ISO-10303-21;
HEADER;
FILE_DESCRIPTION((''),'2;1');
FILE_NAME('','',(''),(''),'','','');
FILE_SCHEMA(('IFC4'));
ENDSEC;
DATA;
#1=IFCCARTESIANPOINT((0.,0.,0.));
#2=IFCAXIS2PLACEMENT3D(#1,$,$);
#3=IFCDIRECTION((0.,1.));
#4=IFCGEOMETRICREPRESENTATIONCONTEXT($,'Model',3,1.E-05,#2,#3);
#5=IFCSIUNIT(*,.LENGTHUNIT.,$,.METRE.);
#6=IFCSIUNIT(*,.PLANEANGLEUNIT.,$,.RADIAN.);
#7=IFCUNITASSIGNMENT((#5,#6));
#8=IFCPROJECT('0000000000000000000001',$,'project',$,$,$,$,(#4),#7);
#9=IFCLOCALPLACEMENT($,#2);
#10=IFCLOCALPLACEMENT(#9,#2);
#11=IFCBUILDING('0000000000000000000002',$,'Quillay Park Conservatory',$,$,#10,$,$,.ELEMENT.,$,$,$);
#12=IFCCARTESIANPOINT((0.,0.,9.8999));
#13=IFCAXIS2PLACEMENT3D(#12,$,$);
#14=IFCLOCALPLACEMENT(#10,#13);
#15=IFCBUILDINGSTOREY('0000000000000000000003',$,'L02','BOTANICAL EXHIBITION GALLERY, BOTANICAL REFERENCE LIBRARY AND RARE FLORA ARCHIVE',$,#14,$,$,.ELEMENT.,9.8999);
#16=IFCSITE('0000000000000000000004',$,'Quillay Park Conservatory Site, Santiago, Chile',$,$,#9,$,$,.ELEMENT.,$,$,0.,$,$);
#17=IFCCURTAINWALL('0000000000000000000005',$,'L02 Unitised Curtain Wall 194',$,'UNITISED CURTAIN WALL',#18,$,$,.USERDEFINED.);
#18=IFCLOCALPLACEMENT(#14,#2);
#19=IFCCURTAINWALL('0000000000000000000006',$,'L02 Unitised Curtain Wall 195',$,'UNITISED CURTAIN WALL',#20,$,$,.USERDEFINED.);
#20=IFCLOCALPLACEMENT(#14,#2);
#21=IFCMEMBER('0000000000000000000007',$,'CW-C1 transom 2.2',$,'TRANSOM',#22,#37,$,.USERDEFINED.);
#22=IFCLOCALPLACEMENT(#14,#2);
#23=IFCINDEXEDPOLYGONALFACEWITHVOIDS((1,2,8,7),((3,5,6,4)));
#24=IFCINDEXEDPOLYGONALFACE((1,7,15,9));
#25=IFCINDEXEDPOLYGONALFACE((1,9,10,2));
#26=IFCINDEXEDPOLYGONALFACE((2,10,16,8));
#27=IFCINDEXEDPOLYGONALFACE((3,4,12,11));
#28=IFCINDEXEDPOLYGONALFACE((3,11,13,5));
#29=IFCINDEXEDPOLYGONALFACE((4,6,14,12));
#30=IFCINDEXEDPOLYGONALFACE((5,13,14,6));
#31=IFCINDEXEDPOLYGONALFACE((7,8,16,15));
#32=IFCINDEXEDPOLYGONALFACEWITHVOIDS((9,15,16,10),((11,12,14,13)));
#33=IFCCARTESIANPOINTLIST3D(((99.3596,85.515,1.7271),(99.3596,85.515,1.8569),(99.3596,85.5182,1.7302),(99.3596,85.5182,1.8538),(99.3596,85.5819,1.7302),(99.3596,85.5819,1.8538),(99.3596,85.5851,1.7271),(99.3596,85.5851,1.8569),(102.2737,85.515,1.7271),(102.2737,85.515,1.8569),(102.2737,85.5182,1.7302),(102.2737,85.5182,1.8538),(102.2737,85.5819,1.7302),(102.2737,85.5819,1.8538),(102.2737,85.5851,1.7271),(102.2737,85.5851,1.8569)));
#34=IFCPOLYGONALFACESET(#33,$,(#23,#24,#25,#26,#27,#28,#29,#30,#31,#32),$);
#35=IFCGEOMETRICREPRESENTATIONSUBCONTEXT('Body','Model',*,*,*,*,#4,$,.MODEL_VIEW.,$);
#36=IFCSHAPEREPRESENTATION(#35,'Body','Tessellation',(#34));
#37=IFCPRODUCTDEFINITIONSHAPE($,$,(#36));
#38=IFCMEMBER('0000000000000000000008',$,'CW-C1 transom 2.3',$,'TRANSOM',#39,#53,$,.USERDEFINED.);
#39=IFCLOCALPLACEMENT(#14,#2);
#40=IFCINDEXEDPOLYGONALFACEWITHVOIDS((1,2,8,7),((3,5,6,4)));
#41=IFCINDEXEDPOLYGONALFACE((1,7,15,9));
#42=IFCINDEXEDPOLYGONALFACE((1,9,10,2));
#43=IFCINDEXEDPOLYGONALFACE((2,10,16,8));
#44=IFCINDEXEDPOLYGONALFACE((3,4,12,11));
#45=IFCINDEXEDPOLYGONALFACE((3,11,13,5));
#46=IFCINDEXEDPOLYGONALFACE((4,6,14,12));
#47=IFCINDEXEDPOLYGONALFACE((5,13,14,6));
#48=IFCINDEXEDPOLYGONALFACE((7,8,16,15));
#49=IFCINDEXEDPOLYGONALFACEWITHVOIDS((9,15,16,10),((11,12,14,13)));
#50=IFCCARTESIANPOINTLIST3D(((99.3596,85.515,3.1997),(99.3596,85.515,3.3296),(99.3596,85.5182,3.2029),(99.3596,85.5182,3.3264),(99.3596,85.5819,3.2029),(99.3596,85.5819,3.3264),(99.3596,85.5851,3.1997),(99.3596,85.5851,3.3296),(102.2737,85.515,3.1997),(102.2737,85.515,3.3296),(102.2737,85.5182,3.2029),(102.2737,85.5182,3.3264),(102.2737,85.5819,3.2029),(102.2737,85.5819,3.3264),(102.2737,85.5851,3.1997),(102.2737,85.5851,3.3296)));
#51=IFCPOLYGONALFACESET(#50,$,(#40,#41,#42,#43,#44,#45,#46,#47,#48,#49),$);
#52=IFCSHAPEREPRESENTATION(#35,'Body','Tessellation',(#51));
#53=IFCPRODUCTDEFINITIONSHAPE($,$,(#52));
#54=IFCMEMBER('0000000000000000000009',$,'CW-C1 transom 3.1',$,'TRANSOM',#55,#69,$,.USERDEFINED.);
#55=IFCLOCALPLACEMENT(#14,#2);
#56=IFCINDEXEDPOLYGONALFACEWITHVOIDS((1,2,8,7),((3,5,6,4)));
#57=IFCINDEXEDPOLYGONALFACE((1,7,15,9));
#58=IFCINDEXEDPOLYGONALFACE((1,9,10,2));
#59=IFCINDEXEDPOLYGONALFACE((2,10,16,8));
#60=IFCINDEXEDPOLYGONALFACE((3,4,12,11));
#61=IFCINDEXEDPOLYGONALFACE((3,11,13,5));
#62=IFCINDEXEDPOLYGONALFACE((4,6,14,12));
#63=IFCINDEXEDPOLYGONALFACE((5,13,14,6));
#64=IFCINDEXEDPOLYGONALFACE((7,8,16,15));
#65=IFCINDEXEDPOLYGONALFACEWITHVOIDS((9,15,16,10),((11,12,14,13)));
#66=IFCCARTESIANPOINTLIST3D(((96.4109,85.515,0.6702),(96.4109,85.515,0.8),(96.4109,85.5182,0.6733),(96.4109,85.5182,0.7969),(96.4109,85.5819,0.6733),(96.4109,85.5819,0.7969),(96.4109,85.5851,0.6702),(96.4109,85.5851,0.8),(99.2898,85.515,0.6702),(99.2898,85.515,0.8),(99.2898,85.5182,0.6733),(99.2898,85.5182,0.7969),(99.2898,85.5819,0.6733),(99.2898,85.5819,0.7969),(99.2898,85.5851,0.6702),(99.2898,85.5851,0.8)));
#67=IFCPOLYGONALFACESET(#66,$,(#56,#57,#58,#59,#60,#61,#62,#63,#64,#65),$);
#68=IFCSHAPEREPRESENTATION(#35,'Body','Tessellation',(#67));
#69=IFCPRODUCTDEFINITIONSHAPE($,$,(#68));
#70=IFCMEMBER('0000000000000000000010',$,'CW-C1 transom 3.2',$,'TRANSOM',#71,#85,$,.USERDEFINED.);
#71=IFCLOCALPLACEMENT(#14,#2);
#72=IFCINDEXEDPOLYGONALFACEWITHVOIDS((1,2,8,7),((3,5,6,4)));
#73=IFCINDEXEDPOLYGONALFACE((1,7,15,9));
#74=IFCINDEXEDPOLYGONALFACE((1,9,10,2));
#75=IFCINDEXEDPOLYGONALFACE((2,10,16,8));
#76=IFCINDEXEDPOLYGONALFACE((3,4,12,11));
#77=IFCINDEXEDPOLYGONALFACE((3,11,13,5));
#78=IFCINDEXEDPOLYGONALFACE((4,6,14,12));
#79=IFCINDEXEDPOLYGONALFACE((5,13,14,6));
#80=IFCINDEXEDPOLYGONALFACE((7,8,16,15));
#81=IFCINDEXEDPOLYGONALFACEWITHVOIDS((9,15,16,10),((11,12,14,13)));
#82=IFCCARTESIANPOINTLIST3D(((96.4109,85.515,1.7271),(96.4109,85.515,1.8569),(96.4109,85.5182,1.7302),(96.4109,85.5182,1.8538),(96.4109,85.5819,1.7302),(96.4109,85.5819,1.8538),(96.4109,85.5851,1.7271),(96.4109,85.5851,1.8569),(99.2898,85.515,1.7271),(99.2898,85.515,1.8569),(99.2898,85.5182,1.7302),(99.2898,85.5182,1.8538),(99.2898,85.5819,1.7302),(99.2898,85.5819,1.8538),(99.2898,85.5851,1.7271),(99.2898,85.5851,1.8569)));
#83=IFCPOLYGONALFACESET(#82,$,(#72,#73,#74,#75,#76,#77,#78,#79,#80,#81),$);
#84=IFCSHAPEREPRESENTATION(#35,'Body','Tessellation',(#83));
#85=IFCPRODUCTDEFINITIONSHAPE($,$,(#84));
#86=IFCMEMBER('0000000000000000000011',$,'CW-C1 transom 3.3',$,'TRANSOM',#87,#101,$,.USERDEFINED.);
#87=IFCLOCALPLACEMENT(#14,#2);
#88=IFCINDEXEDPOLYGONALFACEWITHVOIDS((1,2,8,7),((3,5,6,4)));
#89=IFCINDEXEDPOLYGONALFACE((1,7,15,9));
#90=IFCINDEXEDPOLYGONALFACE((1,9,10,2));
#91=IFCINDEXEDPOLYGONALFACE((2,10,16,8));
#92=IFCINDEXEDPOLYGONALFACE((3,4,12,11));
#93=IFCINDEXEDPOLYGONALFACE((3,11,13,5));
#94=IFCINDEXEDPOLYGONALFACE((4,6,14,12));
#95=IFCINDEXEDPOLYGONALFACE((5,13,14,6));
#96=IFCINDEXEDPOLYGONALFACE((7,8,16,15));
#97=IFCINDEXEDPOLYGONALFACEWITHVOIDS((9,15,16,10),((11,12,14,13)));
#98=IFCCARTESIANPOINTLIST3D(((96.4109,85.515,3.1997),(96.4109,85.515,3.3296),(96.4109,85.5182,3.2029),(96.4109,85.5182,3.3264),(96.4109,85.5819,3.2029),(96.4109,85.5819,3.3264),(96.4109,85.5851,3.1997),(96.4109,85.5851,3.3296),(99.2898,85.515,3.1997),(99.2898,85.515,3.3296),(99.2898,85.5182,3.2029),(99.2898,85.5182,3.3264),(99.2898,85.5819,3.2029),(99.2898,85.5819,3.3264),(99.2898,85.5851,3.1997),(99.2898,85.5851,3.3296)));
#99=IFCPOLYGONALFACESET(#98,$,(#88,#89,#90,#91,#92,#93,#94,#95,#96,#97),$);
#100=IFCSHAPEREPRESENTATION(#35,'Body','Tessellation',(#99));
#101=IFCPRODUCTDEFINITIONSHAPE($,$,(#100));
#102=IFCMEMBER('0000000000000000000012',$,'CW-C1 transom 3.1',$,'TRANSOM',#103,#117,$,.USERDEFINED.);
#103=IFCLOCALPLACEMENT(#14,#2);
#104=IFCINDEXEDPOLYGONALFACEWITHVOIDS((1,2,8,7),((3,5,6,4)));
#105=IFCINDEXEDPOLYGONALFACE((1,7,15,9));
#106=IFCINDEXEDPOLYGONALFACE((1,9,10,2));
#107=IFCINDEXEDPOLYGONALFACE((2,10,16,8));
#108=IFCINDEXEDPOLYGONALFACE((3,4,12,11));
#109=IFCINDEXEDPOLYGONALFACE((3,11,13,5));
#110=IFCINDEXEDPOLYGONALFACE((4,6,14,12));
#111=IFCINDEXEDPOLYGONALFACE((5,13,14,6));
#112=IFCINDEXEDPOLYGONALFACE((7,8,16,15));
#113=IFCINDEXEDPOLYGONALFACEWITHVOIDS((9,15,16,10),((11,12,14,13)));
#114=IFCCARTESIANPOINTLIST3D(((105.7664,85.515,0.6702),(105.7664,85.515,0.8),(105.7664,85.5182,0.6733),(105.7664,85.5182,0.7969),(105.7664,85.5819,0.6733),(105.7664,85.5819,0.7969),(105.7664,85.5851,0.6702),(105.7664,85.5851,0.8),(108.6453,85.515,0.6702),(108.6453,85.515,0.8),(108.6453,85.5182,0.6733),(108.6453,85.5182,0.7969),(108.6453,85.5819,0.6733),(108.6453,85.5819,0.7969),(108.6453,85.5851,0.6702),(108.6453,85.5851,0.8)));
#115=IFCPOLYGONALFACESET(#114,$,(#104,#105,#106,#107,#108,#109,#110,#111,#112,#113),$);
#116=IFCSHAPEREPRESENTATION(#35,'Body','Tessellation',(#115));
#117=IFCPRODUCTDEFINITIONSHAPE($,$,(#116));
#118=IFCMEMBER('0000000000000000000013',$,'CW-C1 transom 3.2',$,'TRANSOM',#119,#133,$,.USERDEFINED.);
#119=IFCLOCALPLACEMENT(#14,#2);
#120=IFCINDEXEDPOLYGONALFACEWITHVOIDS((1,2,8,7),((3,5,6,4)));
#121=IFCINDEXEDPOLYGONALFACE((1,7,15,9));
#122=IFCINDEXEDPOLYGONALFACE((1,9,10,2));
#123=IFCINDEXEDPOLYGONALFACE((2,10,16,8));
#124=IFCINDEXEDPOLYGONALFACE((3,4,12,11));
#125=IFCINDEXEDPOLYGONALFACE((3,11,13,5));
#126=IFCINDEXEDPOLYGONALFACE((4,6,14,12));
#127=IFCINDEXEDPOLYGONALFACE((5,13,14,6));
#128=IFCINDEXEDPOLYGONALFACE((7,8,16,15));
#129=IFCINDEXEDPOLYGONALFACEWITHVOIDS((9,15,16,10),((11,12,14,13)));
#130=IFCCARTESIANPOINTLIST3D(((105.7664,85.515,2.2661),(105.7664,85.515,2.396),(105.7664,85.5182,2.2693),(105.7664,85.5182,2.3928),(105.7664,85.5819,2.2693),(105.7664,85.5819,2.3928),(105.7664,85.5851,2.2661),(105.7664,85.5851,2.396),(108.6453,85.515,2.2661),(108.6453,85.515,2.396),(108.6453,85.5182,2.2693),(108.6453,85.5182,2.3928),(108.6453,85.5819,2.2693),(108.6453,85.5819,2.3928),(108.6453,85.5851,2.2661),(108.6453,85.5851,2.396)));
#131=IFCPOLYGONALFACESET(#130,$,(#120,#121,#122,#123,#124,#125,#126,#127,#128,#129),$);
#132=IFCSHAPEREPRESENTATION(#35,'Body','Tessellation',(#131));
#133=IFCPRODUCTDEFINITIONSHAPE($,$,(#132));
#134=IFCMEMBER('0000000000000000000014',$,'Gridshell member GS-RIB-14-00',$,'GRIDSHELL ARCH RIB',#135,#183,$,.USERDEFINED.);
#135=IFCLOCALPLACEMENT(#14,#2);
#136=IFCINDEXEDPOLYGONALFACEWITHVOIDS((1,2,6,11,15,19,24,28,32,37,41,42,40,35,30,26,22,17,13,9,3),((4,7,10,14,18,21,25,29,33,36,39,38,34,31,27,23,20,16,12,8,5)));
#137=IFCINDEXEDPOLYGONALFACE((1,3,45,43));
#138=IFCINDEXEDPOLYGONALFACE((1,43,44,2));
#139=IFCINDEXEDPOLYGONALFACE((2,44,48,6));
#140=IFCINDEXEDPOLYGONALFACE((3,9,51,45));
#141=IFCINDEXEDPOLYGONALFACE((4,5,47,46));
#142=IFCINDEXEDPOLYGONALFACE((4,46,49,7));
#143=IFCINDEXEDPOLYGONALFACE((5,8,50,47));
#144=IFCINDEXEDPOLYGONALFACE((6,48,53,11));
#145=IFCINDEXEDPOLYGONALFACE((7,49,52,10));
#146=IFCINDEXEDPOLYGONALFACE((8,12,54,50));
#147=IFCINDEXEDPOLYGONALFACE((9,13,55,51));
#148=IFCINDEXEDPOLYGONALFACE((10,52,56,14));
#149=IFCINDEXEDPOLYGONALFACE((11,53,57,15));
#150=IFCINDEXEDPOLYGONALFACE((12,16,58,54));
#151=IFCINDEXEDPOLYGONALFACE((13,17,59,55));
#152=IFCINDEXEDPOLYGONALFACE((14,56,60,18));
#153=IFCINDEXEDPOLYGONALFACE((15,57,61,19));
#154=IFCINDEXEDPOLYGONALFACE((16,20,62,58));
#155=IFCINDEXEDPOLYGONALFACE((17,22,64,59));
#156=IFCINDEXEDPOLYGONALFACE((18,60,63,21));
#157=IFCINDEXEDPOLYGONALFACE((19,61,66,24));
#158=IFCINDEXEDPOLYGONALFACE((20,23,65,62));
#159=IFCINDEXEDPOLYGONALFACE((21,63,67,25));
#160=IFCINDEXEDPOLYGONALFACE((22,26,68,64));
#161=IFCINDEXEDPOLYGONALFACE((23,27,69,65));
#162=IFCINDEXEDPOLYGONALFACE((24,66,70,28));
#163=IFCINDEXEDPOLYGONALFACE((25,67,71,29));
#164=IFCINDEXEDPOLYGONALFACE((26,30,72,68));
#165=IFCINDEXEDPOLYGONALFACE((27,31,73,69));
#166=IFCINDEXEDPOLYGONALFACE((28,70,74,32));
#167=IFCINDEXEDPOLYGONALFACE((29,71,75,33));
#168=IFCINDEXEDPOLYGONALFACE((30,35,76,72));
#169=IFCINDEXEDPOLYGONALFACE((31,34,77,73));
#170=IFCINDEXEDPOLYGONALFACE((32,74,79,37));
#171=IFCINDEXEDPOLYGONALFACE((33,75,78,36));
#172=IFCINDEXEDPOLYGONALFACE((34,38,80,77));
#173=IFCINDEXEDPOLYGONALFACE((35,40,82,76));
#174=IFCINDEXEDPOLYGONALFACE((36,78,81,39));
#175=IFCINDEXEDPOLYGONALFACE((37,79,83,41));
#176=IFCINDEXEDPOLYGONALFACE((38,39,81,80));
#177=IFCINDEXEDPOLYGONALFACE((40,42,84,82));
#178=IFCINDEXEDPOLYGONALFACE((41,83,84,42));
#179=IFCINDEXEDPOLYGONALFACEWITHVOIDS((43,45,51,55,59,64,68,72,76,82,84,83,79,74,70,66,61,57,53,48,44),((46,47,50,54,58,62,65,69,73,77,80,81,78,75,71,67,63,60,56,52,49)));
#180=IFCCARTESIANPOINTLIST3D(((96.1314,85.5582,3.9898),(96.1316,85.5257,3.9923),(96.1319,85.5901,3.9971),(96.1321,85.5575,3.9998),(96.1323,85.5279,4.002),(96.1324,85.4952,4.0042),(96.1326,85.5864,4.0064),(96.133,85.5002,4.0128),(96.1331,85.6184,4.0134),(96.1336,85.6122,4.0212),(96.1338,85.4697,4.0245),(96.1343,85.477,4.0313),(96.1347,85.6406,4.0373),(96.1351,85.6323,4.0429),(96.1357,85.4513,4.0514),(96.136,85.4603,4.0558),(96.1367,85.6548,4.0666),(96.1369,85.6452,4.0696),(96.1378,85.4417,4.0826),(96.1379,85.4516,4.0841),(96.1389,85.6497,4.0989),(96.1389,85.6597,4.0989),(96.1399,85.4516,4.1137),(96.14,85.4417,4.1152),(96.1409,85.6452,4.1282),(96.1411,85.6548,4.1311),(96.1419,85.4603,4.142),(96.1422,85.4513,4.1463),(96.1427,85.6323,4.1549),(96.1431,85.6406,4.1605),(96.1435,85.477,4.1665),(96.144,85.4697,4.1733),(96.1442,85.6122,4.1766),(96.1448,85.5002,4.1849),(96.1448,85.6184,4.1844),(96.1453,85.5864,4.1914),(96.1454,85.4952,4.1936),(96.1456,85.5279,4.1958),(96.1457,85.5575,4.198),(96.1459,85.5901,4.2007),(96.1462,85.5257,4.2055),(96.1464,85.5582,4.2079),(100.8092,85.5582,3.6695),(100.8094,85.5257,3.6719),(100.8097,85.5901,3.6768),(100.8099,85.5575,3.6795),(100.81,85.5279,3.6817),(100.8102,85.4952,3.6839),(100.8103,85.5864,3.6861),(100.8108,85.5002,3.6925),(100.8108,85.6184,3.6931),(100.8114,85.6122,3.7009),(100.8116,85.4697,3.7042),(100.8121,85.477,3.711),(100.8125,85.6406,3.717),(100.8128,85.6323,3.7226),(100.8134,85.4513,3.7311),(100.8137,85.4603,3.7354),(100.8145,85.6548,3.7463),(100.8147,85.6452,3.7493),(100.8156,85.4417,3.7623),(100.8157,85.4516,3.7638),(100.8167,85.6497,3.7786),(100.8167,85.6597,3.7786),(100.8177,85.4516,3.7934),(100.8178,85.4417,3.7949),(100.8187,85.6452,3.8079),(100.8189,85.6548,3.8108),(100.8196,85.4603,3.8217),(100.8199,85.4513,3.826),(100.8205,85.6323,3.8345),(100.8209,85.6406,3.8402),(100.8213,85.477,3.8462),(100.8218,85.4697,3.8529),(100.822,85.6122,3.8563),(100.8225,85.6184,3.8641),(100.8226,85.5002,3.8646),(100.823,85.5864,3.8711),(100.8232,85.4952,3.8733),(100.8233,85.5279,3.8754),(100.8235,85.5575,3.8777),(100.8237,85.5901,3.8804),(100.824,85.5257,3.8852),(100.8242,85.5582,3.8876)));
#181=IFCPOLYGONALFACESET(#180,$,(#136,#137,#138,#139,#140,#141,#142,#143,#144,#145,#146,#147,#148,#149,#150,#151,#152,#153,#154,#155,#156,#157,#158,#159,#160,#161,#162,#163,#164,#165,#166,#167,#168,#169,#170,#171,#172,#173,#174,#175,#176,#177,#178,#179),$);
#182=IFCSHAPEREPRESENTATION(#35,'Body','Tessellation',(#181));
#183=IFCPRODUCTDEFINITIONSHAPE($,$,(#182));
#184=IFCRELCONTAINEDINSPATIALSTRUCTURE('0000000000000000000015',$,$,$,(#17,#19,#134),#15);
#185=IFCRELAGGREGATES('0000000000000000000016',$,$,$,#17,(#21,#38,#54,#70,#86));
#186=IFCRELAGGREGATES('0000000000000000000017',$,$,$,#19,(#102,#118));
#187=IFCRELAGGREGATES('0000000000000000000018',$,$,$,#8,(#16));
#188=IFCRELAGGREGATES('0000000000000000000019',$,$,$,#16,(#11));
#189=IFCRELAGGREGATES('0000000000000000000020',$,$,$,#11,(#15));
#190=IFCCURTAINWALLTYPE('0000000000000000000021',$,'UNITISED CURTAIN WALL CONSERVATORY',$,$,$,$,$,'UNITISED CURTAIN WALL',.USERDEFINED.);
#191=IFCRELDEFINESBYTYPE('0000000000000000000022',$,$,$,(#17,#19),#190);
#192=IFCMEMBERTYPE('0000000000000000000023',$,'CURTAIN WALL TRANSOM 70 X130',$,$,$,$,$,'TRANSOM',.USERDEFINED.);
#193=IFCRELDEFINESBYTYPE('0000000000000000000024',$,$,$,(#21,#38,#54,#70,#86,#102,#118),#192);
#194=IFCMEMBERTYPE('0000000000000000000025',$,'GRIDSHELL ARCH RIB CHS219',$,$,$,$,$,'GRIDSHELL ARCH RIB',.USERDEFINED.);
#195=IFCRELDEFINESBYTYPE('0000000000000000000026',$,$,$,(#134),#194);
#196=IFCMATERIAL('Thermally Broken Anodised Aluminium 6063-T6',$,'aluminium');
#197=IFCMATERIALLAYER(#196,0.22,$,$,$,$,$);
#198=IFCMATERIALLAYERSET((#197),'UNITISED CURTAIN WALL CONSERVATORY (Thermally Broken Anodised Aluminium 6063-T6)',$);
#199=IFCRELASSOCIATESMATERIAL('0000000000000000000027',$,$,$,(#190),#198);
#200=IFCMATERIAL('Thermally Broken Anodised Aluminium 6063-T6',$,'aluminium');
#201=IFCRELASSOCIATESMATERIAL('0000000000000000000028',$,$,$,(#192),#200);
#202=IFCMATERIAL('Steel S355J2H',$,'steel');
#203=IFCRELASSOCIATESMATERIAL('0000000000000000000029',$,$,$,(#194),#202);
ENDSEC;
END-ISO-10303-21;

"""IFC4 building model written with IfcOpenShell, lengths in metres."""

from ifc_helpers import new_model, si_unit, direction, frame, origin, origin_2d, place, context, subcontext, project, spatial, hollow_rectangle, hollow_circle, extrude, material, layer, layer_set, material_profile, profile_set, type_object, element, aggregate, save


model = new_model("IFC4")

# Units and contexts
model_context = context("Model", 3, precision=1e-05, world=origin(), true_north=direction((0.0, 1.0)))
body_context = subcontext(model_context, "Body", "Model", "MODEL_VIEW")
ifc_project = project(units=[si_unit("LENGTHUNIT", "METRE"), si_unit("PLANEANGLEUNIT", "RADIAN")], contexts=[model_context])

# Site, building, storey
site_placement = place(None, origin())
site = spatial("IfcSite", under=ifc_project, at=site_placement, Name="Quillay Park Conservatory Site, Santiago, Chile", CompositionType="ELEMENT", RefElevation=0.0)
building_placement = place(site_placement, origin())
building = spatial("IfcBuilding", under=site, at=building_placement, Name="Quillay Park Conservatory", CompositionType="ELEMENT")
storey_placement = place(building_placement, frame((0.0, 0.0, 9.8999)))
storey = spatial("IfcBuildingStorey", under=building, at=storey_placement, Name="L02", Description="BOTANICAL EXHIBITION GALLERY, BOTANICAL REFERENCE LIBRARY AND RARE FLORA ARCHIVE", CompositionType="ELEMENT", Elevation=9.8999)

# Shared definitions
ifc_material_1 = material(Name="Thermally Broken Anodised Aluminium 6063-T6", Category="aluminium")
ifc_layer_1 = layer(ifc_material_1, 0.22)
ifc_layer_set_1 = layer_set([ifc_layer_1], Name="UNITISED CURTAIN WALL CONSERVATORY (Thermally Broken Anodised Aluminium 6063-T6)")
curtain_wall_type = type_object("IfcCurtainWallType", Name="UNITISED CURTAIN WALL CONSERVATORY", ElementType="UNITISED CURTAIN WALL", PredefinedType="USERDEFINED", material=ifc_layer_set_1)

# Curtain walls
curtain_wall_1_placement = place(storey_placement, origin())
curtain_wall_1 = element("IfcCurtainWall", 1, at=curtain_wall_1_placement, inside=storey, type_object=curtain_wall_type, Name="L02 Unitised Curtain Wall 194", ObjectType="UNITISED CURTAIN WALL", PredefinedType="USERDEFINED")
curtain_wall_2_placement = place(storey_placement, origin())
curtain_wall_2 = element("IfcCurtainWall", 2, at=curtain_wall_2_placement, inside=storey, type_object=curtain_wall_type, Name="L02 Unitised Curtain Wall 195", ObjectType="UNITISED CURTAIN WALL", PredefinedType="USERDEFINED")

# Members
ifc_material_2 = material(Name="Thermally Broken Anodised Aluminium 6063-T6", Category="aluminium")
ifc_material_profile_1 = material_profile(ifc_material_2, hollow_rectangle(XDim=0.0701, YDim=0.1299, WallThickness=0.0032, at=origin_2d()), Name="AL70x130x3.2")
ifc_profile_set_1 = profile_set([ifc_material_profile_1], Name="Thermally Broken Anodised Aluminium 6063-T6")
member_type_1 = type_object("IfcMemberType", Name="CURTAIN WALL TRANSOM 70 X130", ElementType="TRANSOM", PredefinedType="USERDEFINED", material=ifc_profile_set_1)
member_1_placement = place(storey_placement, frame((102.2737, 85.55, 1.792), z_axis=(-1.0, 0.0, 0.0), x_axis=(0.0, -1.0, 0.0)))
member_1 = element("IfcMember", 3, at=member_1_placement, type_object=member_type_1, Name="CW-C1 transom 2.2", ObjectType="TRANSOM", PredefinedType="USERDEFINED", context=body_context, shape_type="SweptSolid", body=[
    extrude(hollow_rectangle(XDim=0.0701, YDim=0.1299, WallThickness=0.0032, at=origin_2d()), origin(), (0.0, 0.0, 1.0), 2.9141),
])
member_2_placement = place(storey_placement, frame((102.2737, 85.55, 3.2646), z_axis=(-1.0, 0.0, 0.0), x_axis=(0.0, -1.0, 0.0)))
member_2 = element("IfcMember", 4, at=member_2_placement, type_object=member_type_1, Name="CW-C1 transom 2.3", ObjectType="TRANSOM", PredefinedType="USERDEFINED", context=body_context, shape_type="SweptSolid", body=[
    extrude(hollow_rectangle(XDim=0.0701, YDim=0.1299, WallThickness=0.0032, at=origin_2d()), origin(), (0.0, 0.0, 1.0), 2.9141),
])
member_3_placement = place(storey_placement, frame((99.2898, 85.55, 0.7351), z_axis=(-1.0, 0.0, 0.0), x_axis=(0.0, -1.0, 0.0)))
member_3 = element("IfcMember", 5, at=member_3_placement, type_object=member_type_1, Name="CW-C1 transom 3.1", ObjectType="TRANSOM", PredefinedType="USERDEFINED", context=body_context, shape_type="SweptSolid", body=[
    extrude(hollow_rectangle(XDim=0.0701, YDim=0.1299, WallThickness=0.0032, at=origin_2d()), origin(), (0.0, 0.0, 1.0), 2.8789),
])
member_4_placement = place(storey_placement, frame((99.2898, 85.55, 1.792), z_axis=(-1.0, 0.0, 0.0), x_axis=(0.0, -1.0, 0.0)))
member_4 = element("IfcMember", 6, at=member_4_placement, type_object=member_type_1, Name="CW-C1 transom 3.2", ObjectType="TRANSOM", PredefinedType="USERDEFINED", context=body_context, shape_type="SweptSolid", body=[
    extrude(hollow_rectangle(XDim=0.0701, YDim=0.1299, WallThickness=0.0032, at=origin_2d()), origin(), (0.0, 0.0, 1.0), 2.8789),
])
member_5_placement = place(storey_placement, frame((99.2898, 85.55, 3.2646), z_axis=(-1.0, 0.0, 0.0), x_axis=(0.0, -1.0, 0.0)))
member_5 = element("IfcMember", 7, at=member_5_placement, type_object=member_type_1, Name="CW-C1 transom 3.3", ObjectType="TRANSOM", PredefinedType="USERDEFINED", context=body_context, shape_type="SweptSolid", body=[
    extrude(hollow_rectangle(XDim=0.0701, YDim=0.1299, WallThickness=0.0032, at=origin_2d()), origin(), (0.0, 0.0, 1.0), 2.8789),
])
member_6_placement = place(storey_placement, frame((108.6453, 85.55, 0.7351), z_axis=(-1.0, 0.0, 0.0), x_axis=(0.0, -1.0, 0.0)))
member_6 = element("IfcMember", 8, at=member_6_placement, type_object=member_type_1, Name="CW-C1 transom 3.1", ObjectType="TRANSOM", PredefinedType="USERDEFINED", context=body_context, shape_type="SweptSolid", body=[
    extrude(hollow_rectangle(XDim=0.0701, YDim=0.1299, WallThickness=0.0032, at=origin_2d()), origin(), (0.0, 0.0, 1.0), 2.8789),
])
member_7_placement = place(storey_placement, frame((108.6453, 85.55, 2.3311), z_axis=(-1.0, 0.0, 0.0), x_axis=(0.0, -1.0, 0.0)))
member_7 = element("IfcMember", 9, at=member_7_placement, type_object=member_type_1, Name="CW-C1 transom 3.2", ObjectType="TRANSOM", PredefinedType="USERDEFINED", context=body_context, shape_type="SweptSolid", body=[
    extrude(hollow_rectangle(XDim=0.0701, YDim=0.1299, WallThickness=0.0032, at=origin_2d()), origin(), (0.0, 0.0, 1.0), 2.8789),
])

# Member
ifc_material_3 = material(Name="Steel S355J2H", Category="steel")
ifc_material_profile_2 = material_profile(ifc_material_3, hollow_circle(Radius=0.1096, WallThickness=0.01, at=origin_2d()), Name="CHS219.1x10")
ifc_profile_set_2 = profile_set([ifc_material_profile_2], Name="Steel S355J2H")
member_type_2 = type_object("IfcMemberType", Name="GRIDSHELL ARCH RIB CHS219", ElementType="GRIDSHELL ARCH RIB", PredefinedType="USERDEFINED", material=ifc_profile_set_2)
member_8_placement = place(storey_placement, frame((96.1389, 85.55, 4.0989), z_axis=(0.997664, 0.0, -0.068316), x_axis=(0.0, 1.0, 0.0)))
element("IfcMember", 10, at=member_8_placement, inside=storey, type_object=member_type_2, Name="Gridshell member GS-RIB-14-00", ObjectType="GRIDSHELL ARCH RIB", PredefinedType="USERDEFINED", context=body_context, shape_type="SweptSolid", body=[
    extrude(hollow_circle(Radius=0.1096, WallThickness=0.01, at=origin_2d()), origin(), (0.0, 0.0, 1.0), 4.6887),
])

aggregate(curtain_wall_1, [member_1, member_2, member_3, member_4, member_5])
aggregate(curtain_wall_2, [member_6, member_7])

save(model, "model.ifc")
